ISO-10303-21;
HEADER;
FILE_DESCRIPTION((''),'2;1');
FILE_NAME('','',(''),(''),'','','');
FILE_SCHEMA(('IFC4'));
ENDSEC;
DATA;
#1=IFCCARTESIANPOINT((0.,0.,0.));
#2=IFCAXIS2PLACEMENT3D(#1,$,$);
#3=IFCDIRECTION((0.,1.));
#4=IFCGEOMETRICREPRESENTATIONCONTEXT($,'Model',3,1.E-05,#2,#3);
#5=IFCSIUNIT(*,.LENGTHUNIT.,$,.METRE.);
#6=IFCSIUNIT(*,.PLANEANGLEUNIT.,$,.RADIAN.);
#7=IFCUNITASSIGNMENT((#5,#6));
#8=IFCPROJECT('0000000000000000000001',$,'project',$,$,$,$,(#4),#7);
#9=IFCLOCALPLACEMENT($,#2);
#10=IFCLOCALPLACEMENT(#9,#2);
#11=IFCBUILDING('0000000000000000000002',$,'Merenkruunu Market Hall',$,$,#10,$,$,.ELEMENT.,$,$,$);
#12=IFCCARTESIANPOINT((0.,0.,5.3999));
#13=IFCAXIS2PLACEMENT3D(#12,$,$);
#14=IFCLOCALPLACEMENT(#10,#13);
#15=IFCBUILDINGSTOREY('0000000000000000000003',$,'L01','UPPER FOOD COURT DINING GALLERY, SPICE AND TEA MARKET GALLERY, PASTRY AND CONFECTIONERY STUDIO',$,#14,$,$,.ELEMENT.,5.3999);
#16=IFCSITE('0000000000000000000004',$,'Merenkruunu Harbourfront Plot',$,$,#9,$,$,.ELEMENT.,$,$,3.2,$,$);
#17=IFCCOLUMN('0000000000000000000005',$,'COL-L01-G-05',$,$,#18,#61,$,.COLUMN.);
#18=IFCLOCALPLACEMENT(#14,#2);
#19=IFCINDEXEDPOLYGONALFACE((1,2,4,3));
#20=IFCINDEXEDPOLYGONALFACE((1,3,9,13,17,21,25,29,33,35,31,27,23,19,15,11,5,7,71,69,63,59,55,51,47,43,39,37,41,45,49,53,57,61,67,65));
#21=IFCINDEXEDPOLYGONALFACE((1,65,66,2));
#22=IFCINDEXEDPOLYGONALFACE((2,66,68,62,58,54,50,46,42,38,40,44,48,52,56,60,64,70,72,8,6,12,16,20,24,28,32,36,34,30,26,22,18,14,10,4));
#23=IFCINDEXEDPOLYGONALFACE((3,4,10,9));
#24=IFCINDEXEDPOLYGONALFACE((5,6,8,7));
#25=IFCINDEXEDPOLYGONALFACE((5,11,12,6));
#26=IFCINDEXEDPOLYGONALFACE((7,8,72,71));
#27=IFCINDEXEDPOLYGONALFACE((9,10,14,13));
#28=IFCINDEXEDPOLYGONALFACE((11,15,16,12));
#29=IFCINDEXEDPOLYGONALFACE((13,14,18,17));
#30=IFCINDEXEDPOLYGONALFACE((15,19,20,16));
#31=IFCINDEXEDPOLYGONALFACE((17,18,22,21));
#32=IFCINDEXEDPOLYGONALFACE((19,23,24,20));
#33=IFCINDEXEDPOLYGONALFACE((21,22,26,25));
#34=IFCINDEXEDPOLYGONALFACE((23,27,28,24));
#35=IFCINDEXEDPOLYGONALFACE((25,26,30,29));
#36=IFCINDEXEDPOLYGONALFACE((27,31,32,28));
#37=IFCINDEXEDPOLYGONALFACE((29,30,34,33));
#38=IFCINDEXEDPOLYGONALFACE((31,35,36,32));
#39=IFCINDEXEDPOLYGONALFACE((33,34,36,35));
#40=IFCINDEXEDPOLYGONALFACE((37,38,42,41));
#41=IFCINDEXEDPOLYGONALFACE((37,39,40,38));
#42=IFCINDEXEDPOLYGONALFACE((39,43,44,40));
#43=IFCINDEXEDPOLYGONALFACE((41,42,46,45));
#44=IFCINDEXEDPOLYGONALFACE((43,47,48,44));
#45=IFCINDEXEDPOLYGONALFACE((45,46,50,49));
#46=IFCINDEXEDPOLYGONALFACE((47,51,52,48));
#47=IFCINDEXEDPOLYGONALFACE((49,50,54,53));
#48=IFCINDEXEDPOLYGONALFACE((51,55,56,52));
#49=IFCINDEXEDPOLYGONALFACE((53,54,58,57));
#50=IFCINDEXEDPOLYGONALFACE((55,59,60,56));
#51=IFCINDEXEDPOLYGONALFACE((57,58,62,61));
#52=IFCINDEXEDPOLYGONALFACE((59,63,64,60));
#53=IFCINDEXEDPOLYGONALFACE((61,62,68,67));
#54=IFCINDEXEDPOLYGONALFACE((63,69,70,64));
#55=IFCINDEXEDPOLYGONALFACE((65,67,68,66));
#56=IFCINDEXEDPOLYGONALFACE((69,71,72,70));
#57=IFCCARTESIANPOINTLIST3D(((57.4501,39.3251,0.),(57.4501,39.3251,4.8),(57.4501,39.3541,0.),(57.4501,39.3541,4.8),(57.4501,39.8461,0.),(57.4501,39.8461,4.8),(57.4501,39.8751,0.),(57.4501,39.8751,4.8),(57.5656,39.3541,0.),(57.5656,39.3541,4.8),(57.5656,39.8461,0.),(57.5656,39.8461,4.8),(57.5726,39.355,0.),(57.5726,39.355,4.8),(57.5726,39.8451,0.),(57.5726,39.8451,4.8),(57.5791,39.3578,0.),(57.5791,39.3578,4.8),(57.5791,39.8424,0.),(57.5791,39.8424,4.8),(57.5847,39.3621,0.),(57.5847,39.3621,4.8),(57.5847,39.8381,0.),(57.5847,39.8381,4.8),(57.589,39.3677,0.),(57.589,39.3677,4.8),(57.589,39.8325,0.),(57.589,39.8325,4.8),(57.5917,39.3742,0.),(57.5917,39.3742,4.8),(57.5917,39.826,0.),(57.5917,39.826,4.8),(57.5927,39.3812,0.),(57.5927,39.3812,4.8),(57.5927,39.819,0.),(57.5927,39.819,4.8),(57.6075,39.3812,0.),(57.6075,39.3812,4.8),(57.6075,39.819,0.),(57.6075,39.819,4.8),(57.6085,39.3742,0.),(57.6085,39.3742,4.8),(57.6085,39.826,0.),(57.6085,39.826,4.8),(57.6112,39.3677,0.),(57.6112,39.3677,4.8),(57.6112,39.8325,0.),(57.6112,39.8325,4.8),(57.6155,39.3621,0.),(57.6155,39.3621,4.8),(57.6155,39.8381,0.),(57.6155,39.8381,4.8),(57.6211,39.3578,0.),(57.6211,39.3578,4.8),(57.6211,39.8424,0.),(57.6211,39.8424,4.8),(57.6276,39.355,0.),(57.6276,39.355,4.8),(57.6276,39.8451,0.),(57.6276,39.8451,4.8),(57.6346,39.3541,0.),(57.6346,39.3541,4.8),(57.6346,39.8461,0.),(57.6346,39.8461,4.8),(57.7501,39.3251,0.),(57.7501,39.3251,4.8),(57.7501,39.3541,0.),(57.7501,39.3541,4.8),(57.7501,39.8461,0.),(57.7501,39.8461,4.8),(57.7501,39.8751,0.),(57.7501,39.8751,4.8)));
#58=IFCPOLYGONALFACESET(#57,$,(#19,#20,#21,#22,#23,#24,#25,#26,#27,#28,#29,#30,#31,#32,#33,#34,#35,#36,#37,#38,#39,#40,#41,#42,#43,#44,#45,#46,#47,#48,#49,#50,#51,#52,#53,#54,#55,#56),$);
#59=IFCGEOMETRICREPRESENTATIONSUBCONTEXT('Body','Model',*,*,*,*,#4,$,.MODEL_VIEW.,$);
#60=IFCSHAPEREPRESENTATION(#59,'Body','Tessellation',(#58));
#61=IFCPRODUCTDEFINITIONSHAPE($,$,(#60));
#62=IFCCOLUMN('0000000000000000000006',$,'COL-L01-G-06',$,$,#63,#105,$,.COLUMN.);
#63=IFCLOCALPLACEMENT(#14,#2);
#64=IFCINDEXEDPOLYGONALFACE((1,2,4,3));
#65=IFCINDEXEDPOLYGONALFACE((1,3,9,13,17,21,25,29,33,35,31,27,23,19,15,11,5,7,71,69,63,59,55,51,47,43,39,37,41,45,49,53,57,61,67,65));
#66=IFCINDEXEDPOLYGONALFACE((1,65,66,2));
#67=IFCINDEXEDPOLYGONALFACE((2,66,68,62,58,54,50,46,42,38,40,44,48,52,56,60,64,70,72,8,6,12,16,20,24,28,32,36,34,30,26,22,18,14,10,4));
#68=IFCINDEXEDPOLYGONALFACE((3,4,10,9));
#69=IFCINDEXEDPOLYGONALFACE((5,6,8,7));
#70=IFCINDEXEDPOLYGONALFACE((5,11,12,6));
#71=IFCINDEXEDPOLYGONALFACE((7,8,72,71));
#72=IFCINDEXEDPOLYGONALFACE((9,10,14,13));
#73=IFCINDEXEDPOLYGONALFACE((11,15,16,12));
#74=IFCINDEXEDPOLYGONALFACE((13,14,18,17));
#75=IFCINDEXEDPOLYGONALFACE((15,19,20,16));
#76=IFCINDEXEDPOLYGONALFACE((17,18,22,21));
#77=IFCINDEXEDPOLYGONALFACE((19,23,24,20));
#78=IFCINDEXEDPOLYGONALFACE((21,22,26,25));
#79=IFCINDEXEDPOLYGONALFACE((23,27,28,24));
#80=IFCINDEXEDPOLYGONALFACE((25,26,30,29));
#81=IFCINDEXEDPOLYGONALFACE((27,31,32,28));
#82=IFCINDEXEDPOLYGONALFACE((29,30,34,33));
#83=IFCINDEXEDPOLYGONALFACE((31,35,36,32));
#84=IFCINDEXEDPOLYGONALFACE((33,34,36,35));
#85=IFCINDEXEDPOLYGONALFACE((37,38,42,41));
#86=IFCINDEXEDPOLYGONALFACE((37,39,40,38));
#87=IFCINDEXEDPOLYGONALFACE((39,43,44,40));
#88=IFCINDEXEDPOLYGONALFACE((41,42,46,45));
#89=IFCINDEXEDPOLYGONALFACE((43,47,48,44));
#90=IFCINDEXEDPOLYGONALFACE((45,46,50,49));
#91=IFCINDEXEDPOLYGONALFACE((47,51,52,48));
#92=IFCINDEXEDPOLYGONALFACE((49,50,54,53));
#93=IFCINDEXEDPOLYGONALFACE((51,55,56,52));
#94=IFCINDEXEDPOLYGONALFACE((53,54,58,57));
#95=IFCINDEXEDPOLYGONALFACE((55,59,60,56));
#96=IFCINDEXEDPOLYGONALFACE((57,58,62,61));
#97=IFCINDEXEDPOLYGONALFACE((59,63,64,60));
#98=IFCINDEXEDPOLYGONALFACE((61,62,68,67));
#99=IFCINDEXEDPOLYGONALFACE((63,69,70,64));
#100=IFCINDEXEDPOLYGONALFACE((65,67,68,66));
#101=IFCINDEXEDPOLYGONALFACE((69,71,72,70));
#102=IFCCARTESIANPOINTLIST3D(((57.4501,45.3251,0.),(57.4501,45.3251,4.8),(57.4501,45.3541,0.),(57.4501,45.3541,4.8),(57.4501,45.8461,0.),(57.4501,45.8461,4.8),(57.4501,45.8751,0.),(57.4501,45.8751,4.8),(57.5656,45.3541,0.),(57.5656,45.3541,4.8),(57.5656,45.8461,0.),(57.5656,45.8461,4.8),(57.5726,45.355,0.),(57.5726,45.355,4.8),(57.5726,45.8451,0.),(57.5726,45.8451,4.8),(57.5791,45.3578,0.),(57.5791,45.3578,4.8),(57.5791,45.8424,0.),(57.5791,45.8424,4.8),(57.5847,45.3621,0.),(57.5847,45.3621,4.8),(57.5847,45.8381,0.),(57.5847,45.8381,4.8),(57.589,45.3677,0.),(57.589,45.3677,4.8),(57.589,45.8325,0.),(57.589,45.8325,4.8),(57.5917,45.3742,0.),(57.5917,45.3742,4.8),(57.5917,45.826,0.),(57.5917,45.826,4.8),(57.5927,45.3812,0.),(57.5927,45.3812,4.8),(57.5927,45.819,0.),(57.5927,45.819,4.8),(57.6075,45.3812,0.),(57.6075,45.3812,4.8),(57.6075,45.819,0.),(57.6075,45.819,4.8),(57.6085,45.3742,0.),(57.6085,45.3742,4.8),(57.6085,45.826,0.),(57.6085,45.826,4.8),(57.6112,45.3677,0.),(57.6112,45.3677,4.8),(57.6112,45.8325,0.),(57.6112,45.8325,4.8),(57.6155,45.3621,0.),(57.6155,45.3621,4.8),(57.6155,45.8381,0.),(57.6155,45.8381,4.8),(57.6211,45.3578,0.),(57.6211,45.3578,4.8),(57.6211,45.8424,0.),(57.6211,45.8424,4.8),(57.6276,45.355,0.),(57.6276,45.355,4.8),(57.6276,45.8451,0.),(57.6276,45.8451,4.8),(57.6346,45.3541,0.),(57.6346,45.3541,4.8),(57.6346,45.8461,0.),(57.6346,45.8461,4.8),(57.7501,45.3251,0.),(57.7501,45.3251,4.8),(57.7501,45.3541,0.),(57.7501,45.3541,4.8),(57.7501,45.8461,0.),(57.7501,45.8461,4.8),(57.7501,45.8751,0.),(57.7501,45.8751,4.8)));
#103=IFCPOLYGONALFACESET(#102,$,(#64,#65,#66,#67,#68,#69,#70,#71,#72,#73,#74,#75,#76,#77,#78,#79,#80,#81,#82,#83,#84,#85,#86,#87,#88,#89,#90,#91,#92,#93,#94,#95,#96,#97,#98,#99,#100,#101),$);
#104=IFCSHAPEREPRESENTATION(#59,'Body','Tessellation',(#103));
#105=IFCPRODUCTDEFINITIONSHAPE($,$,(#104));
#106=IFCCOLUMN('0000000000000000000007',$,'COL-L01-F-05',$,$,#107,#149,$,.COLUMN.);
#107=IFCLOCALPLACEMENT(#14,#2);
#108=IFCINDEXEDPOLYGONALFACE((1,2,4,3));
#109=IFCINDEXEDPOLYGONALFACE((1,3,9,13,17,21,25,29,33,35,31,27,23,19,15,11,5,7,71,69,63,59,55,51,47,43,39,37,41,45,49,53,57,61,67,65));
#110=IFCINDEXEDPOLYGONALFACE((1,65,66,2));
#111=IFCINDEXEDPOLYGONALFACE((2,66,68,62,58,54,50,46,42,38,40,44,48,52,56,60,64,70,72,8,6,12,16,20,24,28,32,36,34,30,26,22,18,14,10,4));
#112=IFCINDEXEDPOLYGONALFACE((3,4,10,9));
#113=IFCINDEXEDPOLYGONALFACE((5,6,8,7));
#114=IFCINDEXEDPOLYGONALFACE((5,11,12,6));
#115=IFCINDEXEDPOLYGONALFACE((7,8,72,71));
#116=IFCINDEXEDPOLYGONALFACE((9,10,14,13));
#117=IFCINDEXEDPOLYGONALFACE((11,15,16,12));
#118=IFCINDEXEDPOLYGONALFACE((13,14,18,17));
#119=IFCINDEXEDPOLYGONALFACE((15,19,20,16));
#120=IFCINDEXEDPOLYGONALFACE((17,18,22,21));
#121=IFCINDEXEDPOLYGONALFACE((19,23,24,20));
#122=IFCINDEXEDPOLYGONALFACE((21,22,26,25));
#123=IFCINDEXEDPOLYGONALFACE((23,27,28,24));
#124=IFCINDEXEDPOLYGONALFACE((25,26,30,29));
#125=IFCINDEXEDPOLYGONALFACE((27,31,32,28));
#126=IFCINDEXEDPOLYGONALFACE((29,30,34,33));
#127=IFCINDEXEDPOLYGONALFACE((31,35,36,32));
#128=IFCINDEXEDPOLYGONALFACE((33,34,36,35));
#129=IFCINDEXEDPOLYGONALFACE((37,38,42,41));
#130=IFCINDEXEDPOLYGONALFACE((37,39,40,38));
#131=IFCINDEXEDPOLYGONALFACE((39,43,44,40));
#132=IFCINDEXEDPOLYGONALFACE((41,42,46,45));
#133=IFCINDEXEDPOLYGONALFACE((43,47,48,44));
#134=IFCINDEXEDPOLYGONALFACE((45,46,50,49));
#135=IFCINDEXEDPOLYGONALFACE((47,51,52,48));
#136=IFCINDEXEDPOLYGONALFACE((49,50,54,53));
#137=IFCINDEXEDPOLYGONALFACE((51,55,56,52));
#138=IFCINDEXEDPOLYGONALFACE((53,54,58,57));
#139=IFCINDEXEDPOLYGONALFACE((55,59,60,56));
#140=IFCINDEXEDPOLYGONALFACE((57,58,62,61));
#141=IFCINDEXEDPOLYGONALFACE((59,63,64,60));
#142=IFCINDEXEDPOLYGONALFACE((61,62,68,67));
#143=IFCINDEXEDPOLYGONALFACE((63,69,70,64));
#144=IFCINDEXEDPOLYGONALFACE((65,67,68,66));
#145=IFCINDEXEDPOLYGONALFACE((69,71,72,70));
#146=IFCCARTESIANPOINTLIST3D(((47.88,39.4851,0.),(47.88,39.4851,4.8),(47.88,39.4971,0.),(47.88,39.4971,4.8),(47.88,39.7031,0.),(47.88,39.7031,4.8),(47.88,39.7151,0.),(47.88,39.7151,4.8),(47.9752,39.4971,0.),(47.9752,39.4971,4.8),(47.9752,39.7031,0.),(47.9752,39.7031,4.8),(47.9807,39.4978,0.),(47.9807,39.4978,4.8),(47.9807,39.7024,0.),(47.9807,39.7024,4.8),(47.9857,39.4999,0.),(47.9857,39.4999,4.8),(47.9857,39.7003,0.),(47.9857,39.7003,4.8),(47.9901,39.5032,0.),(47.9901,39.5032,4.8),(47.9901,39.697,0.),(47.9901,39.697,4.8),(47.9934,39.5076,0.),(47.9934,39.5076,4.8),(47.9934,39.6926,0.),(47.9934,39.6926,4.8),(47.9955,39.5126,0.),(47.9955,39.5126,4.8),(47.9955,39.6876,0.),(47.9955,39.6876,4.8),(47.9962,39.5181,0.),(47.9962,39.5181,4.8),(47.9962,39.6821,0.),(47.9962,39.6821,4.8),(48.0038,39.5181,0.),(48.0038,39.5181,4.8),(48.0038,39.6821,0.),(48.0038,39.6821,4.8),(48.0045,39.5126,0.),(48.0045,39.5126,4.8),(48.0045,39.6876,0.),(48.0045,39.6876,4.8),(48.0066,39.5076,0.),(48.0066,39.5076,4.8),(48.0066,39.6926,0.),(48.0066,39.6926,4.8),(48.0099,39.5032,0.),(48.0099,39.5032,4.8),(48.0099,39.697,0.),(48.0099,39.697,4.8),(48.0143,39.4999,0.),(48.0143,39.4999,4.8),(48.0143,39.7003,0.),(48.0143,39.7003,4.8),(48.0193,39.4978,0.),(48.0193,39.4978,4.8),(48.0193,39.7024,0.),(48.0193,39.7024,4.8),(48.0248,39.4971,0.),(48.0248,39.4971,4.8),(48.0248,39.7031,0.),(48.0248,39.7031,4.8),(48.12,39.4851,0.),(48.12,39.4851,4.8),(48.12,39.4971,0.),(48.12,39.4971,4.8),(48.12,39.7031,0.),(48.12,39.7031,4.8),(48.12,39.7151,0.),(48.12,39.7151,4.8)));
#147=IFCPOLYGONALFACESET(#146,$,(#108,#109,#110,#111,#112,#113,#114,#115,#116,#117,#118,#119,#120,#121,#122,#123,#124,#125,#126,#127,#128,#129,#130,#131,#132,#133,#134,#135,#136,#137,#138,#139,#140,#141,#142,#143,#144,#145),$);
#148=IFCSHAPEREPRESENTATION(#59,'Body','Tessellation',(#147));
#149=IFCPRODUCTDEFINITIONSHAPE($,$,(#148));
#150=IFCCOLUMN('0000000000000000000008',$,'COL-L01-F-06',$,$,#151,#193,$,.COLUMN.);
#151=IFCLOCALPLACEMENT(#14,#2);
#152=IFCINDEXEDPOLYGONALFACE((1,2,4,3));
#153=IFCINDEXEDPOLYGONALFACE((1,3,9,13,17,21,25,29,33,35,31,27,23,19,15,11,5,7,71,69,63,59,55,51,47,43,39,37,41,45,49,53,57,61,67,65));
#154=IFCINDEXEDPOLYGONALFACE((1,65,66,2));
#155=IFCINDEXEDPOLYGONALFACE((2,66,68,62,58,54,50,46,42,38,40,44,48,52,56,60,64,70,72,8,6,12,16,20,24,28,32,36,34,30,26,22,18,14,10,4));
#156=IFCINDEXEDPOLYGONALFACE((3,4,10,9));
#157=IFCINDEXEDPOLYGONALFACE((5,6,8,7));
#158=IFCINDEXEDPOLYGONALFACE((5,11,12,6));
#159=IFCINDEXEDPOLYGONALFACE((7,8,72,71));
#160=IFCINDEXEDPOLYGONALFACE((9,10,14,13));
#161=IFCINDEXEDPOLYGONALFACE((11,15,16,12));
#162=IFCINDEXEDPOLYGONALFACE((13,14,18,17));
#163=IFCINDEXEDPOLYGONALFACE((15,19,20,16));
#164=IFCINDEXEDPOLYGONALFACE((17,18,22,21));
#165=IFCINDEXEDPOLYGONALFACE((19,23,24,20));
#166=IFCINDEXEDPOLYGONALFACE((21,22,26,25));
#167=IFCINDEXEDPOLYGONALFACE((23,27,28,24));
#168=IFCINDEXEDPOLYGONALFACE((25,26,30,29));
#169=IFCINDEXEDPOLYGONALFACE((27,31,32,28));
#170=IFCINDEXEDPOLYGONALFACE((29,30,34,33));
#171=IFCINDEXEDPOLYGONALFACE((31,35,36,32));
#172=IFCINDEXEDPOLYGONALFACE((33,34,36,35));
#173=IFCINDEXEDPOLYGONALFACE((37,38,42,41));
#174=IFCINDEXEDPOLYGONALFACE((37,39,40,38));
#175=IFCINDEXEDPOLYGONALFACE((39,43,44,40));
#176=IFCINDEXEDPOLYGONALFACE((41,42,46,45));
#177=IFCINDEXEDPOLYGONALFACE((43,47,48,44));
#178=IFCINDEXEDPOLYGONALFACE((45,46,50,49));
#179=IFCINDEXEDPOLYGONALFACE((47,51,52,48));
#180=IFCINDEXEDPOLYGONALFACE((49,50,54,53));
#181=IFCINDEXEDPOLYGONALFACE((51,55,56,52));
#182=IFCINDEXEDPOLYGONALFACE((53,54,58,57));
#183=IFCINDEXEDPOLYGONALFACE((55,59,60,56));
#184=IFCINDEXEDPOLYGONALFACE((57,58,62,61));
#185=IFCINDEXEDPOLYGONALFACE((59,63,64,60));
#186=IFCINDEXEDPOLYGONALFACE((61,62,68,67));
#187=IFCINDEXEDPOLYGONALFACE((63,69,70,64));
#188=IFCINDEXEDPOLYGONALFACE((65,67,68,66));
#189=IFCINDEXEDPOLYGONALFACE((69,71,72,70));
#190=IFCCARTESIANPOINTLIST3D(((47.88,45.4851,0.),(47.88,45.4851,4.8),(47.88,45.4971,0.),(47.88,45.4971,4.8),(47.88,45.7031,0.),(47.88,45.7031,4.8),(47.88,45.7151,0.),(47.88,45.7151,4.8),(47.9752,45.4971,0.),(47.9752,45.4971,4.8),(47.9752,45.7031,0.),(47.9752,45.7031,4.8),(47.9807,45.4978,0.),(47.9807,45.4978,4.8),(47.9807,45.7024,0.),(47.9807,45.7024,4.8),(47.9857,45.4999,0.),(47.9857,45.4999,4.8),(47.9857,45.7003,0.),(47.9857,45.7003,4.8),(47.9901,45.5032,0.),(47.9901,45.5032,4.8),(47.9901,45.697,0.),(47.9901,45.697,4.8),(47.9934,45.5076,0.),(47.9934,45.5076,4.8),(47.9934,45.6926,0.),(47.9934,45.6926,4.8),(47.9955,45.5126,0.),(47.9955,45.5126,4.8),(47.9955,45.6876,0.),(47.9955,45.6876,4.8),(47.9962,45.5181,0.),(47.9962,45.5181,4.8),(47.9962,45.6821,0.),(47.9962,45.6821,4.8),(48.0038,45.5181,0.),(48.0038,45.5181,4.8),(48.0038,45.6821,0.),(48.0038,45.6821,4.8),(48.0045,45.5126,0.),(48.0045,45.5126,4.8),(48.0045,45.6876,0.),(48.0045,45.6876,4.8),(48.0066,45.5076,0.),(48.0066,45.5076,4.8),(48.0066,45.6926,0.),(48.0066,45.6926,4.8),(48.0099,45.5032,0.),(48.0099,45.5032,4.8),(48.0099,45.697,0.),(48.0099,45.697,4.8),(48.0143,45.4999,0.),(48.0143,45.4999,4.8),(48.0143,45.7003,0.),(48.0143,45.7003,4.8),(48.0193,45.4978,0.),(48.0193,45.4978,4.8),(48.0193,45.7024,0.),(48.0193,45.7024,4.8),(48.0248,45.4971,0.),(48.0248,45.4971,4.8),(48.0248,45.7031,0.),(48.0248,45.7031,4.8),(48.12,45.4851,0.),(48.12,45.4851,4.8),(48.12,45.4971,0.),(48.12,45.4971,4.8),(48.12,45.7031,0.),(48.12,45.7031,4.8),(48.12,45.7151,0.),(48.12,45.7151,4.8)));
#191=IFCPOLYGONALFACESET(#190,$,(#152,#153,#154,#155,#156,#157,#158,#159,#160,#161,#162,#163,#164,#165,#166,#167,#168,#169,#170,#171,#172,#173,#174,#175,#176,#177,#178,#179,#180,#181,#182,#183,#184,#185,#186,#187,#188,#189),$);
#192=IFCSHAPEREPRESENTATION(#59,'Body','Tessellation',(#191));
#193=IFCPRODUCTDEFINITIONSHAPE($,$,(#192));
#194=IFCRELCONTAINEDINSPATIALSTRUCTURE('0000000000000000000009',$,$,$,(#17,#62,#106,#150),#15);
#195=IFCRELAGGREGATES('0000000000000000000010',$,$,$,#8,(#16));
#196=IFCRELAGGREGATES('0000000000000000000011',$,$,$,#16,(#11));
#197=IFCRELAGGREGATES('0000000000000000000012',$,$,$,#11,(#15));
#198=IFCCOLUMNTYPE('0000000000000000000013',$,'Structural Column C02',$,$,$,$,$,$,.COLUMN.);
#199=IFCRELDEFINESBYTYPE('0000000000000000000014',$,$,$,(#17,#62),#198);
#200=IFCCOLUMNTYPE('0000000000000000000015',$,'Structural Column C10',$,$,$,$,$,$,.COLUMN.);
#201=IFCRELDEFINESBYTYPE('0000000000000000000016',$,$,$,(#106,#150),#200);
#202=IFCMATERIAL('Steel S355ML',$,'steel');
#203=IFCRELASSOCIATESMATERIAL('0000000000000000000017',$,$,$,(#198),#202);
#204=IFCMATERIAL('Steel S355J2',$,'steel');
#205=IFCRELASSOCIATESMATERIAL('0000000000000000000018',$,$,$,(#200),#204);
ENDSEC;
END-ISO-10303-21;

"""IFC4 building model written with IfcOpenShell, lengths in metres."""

from ifc_helpers import new_model, si_unit, direction, frame, origin, origin_2d, place, context, subcontext, project, spatial, i_section, extrude, material, material_profile, profile_set, type_object, element, save


model = new_model("IFC4")

# Units and contexts
model_context = context("Model", 3, precision=1e-05, world=origin(), true_north=direction((0.0, 1.0)))
body_context = subcontext(model_context, "Body", "Model", "MODEL_VIEW")
ifc_project = project(units=[si_unit("LENGTHUNIT", "METRE"), si_unit("PLANEANGLEUNIT", "RADIAN")], contexts=[model_context])

# Site, building, storey
site_placement = place(None, origin())
site = spatial("IfcSite", under=ifc_project, at=site_placement, Name="Merenkruunu Harbourfront Plot", CompositionType="ELEMENT", RefElevation=3.2)
building_placement = place(site_placement, origin())
building = spatial("IfcBuilding", under=site, at=building_placement, Name="Merenkruunu Market Hall", CompositionType="ELEMENT")
storey_placement = place(building_placement, frame((0.0, 0.0, 5.3999)))
storey = spatial("IfcBuildingStorey", under=building, at=storey_placement, Name="L01", Description="UPPER FOOD COURT DINING GALLERY, SPICE AND TEA MARKET GALLERY, PASTRY AND CONFECTIONERY STUDIO", CompositionType="ELEMENT", Elevation=5.3999)

# Columns
ifc_material_1 = material(Name="Steel S355ML", Category="steel")
ifc_material_profile_1 = material_profile(ifc_material_1, i_section(OverallWidth=0.3, OverallDepth=0.55, WebThickness=0.0149, FlangeThickness=0.0291, FilletRadius=0.0271, at=origin_2d()), Name="HEB 550")
ifc_profile_set_1 = profile_set([ifc_material_profile_1], Name="Steel S355ML")
column_type_1 = type_object("IfcColumnType", Name="Structural Column C02", PredefinedType="COLUMN", material=ifc_profile_set_1)
for number, where, z_axis, x_axis, name in (
    (1, (57.6001, 39.6001, 0.0), (0.0, 0.0, 1.0), (1.0, 0.0, 0.0), "COL-L01-G-05"),
    (2, (57.6001, 45.6001, 0.0), (0.0, 0.0, 1.0), (1.0, 0.0, 0.0), "COL-L01-G-06"),
):
    element("IfcColumn", number, at=place(storey_placement, frame(where, z_axis=z_axis, x_axis=x_axis)), inside=storey, type_object=column_type_1, Name=name, PredefinedType="COLUMN", context=body_context, shape_type="SweptSolid", body=[
        extrude(i_section(OverallWidth=0.3, OverallDepth=0.55, WebThickness=0.0149, FlangeThickness=0.0291, FilletRadius=0.0271, at=origin_2d()), origin(), (0.0, 0.0, 1.0), 4.8),
    ])
ifc_material_2 = material(Name="Steel S355J2", Category="steel")
ifc_material_profile_2 = material_profile(ifc_material_2, i_section(OverallWidth=0.24, OverallDepth=0.23, WebThickness=0.0076, FlangeThickness=0.012, FilletRadius=0.021, at=origin_2d()), Name="HEA 240")
ifc_profile_set_2 = profile_set([ifc_material_profile_2], Name="Steel S355J2")
column_type_2 = type_object("IfcColumnType", Name="Structural Column C10", PredefinedType="COLUMN", material=ifc_profile_set_2)
for number, where, z_axis, x_axis, name in (
    (3, (48.0, 39.6001, 0.0), (0.0, 0.0, 1.0), (1.0, 0.0, 0.0), "COL-L01-F-05"),
    (4, (48.0, 45.6001, 0.0), (0.0, 0.0, 1.0), (1.0, 0.0, 0.0), "COL-L01-F-06"),
):
    element("IfcColumn", number, at=place(storey_placement, frame(where, z_axis=z_axis, x_axis=x_axis)), inside=storey, type_object=column_type_2, Name=name, PredefinedType="COLUMN", context=body_context, shape_type="SweptSolid", body=[
        extrude(i_section(OverallWidth=0.24, OverallDepth=0.23, WebThickness=0.0076, FlangeThickness=0.012, FilletRadius=0.021, at=origin_2d()), origin(), (0.0, 0.0, 1.0), 4.8),
    ])

save(model, "model.ifc")
